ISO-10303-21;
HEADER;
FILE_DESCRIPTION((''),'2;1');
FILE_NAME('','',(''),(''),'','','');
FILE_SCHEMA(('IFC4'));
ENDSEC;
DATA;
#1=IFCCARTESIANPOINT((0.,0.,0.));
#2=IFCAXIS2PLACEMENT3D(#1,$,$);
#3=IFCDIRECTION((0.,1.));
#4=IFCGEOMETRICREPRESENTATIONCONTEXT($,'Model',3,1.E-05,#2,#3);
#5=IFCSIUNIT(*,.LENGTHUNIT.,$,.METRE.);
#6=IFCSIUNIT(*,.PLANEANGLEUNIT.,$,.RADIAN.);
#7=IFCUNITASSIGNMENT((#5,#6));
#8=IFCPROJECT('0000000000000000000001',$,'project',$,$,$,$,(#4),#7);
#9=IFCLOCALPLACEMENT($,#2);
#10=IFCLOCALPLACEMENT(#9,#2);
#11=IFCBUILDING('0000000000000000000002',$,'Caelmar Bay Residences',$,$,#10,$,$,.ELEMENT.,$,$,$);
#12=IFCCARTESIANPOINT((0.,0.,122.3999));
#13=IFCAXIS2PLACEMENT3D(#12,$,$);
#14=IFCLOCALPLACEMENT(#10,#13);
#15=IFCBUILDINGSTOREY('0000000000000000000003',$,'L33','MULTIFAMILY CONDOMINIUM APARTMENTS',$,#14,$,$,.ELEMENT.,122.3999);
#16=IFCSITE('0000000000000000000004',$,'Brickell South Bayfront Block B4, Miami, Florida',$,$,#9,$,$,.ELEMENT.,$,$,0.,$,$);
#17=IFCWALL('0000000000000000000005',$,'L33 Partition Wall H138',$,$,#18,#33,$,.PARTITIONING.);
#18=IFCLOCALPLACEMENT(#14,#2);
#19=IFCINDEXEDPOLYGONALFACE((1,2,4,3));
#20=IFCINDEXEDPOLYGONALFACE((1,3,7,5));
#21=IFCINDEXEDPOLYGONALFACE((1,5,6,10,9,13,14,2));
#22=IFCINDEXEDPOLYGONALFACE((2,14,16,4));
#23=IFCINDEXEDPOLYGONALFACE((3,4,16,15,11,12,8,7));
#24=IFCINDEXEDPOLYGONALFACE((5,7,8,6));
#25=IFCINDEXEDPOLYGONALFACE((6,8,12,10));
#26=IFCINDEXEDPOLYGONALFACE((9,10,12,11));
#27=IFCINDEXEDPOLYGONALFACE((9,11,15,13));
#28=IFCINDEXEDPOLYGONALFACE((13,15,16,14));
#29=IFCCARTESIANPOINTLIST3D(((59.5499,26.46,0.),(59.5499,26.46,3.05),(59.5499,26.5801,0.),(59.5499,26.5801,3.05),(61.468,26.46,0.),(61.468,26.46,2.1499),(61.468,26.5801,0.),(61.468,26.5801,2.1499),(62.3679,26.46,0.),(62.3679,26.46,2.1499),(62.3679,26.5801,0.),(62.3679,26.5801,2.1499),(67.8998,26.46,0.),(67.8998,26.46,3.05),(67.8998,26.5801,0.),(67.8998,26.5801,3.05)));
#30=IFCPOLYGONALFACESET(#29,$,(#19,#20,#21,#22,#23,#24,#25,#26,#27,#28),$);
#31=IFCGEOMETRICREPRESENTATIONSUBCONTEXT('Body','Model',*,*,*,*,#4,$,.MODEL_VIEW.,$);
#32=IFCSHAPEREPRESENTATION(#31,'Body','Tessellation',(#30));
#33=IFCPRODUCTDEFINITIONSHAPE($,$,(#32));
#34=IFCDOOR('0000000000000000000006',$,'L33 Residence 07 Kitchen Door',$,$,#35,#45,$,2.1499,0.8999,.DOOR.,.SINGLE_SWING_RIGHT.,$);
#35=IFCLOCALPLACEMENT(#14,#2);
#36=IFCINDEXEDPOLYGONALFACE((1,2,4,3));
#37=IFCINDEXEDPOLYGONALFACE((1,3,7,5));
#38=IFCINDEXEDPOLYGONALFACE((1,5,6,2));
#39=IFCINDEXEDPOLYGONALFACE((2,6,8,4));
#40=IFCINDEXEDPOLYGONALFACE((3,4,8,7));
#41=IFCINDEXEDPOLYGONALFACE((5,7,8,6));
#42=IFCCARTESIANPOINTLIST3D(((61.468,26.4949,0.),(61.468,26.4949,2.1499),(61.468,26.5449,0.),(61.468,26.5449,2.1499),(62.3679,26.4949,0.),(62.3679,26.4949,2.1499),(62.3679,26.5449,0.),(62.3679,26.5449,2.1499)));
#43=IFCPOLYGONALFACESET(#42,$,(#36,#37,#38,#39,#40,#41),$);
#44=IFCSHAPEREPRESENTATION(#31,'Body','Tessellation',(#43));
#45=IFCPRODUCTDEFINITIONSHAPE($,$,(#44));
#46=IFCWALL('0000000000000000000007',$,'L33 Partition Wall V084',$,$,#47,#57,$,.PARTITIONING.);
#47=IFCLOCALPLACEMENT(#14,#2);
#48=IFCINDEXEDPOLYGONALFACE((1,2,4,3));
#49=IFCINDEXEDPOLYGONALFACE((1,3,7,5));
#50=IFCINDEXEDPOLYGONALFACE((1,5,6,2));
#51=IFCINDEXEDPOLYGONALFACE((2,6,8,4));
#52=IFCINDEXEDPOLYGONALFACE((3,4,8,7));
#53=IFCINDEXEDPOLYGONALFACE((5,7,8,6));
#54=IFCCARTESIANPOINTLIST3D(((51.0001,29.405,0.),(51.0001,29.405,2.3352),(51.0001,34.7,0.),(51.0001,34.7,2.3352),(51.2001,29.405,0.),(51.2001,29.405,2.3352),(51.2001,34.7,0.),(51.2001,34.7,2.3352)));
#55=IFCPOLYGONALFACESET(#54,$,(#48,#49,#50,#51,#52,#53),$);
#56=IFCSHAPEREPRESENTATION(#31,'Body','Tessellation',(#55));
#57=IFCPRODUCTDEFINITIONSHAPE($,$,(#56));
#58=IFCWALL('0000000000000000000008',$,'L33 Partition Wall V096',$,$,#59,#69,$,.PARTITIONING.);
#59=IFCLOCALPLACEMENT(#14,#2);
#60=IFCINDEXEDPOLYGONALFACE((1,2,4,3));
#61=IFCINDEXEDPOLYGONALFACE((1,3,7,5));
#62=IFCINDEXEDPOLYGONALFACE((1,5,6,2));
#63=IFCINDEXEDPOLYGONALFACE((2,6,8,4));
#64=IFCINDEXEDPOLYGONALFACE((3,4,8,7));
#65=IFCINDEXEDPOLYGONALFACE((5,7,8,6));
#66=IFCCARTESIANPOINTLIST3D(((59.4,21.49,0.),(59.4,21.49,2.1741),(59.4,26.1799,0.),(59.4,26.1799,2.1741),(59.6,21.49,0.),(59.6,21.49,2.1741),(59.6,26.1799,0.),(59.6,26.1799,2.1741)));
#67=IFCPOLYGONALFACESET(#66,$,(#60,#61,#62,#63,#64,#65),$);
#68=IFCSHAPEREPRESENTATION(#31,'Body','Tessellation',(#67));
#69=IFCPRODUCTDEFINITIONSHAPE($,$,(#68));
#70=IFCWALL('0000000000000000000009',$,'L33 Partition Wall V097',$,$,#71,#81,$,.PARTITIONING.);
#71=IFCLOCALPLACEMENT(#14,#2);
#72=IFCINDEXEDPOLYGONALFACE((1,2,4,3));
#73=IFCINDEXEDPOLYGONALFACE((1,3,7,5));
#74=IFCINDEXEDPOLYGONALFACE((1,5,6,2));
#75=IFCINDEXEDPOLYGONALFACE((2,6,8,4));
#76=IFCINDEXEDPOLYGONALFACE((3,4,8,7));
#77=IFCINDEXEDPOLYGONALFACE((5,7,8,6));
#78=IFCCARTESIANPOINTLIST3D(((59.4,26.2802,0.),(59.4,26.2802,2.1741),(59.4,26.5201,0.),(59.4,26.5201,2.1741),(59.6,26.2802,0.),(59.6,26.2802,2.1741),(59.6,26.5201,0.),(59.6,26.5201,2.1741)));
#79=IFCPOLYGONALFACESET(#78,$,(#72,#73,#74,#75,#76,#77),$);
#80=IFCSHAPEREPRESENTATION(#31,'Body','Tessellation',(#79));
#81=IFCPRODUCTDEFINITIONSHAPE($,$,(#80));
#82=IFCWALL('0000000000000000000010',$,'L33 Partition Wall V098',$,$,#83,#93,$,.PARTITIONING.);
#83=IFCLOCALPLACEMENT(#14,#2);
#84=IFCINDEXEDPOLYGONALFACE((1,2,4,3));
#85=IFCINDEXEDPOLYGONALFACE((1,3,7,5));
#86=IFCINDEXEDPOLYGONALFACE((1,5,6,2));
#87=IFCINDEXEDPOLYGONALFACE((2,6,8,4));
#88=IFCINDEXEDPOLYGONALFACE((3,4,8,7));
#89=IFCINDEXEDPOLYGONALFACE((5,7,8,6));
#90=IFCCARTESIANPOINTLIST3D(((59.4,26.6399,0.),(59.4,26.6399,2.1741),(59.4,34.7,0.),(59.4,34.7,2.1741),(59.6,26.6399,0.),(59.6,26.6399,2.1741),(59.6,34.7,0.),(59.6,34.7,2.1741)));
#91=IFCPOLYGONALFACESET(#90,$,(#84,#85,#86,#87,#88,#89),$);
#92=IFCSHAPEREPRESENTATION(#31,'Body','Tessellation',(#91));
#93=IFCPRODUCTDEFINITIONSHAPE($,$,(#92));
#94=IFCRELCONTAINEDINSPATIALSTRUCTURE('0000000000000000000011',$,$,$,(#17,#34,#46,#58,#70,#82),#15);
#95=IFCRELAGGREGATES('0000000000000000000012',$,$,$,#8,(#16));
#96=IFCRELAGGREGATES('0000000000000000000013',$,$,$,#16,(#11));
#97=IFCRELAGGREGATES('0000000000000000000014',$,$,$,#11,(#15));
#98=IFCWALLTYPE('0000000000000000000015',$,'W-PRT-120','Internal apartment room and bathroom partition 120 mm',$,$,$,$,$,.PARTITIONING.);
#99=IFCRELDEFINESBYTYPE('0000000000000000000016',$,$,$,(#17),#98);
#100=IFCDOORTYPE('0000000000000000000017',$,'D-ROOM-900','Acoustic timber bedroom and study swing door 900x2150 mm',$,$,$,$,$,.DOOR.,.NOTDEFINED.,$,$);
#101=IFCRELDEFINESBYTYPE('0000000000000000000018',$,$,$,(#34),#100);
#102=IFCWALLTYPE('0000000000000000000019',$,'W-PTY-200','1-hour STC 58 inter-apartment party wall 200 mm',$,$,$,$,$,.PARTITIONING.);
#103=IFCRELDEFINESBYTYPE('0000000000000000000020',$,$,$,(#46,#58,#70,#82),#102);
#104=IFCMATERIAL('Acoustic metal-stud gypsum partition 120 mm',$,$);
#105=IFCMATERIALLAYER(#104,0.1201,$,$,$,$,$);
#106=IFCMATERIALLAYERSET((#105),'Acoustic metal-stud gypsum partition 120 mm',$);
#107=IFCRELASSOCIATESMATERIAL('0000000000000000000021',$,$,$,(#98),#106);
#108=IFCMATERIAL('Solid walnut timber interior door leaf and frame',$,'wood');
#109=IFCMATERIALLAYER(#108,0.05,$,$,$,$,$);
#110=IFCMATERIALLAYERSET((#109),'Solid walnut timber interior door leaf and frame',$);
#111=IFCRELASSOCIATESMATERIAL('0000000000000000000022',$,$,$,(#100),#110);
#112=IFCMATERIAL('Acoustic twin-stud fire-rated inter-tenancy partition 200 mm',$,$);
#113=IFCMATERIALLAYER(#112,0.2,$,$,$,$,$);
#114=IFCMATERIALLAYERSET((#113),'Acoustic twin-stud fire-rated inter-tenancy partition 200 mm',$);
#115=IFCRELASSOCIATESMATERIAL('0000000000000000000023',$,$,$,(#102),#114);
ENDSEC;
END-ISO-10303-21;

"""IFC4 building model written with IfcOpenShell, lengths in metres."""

from ifc_helpers import new_model, si_unit, direction, frame, frame_2d, origin, place, context, subcontext, project, spatial, rectangle, extrude, material, layer, layer_set, type_object, element, fill, save


model = new_model("IFC4")

# Units and contexts
model_context = context("Model", 3, precision=1e-05, world=origin(), true_north=direction((0.0, 1.0)))
body_context = subcontext(model_context, "Body", "Model", "MODEL_VIEW")
ifc_project = project(units=[si_unit("LENGTHUNIT", "METRE"), si_unit("PLANEANGLEUNIT", "RADIAN")], contexts=[model_context])

# Site, building, storey
site_placement = place(None, origin())
site = spatial("IfcSite", under=ifc_project, at=site_placement, Name="Brickell South Bayfront Block B4, Miami, Florida", CompositionType="ELEMENT", RefElevation=0.0)
building_placement = place(site_placement, origin())
building = spatial("IfcBuilding", under=site, at=building_placement, Name="Caelmar Bay Residences", CompositionType="ELEMENT")
storey_placement = place(building_placement, frame((0.0, 0.0, 122.3999)))
storey = spatial("IfcBuildingStorey", under=building, at=storey_placement, Name="L33", Description="MULTIFAMILY CONDOMINIUM APARTMENTS", CompositionType="ELEMENT", Elevation=122.3999)

# Shared definitions
ifc_material_1 = material(Name="Acoustic metal-stud gypsum partition 120 mm")
ifc_layer_1 = layer(ifc_material_1, 0.1201)
ifc_layer_set_1 = layer_set([ifc_layer_1], Name="Acoustic metal-stud gypsum partition 120 mm")
wall_type_1 = type_object("IfcWallType", Name="W-PRT-120", Description="Internal apartment room and bathroom partition 120 mm", PredefinedType="PARTITIONING", material=ifc_layer_set_1)
ifc_material_2 = material(Name="Solid walnut timber interior door leaf and frame", Category="wood")
ifc_layer_2 = layer(ifc_material_2, 0.05)
ifc_layer_set_2 = layer_set([ifc_layer_2], Name="Solid walnut timber interior door leaf and frame")
door_type_1 = type_object("IfcDoorType", Name="D-ROOM-900", Description="Acoustic timber bedroom and study swing door 900x2150 mm", OperationType="NOTDEFINED", PredefinedType="DOOR", material=ifc_layer_set_2)

# Wall, opening, door
wall_1_placement = place(storey_placement, frame((59.55, 26.52, 0.0), z_axis=(0.0, 0.0, 1.0), x_axis=(1.0, 0.0, 0.0)))
wall_1 = element("IfcWall", 1, at=wall_1_placement, inside=storey, type_object=wall_type_1, Name="L33 Partition Wall H138", PredefinedType="PARTITIONING", context=body_context, shape_type="SweptSolid", body=[
    extrude(rectangle(XDim=8.3499, YDim=0.1201, at=frame_2d((4.1748, 0.0))), origin(), (0.0, 0.0, 1.0), 3.05),
])
opening_1_placement = place(wall_1_placement, frame((1.918, 0.0, 0.0)))
opening_1 = element("IfcOpeningElement", 2, at=opening_1_placement, cuts=wall_1, PredefinedType="OPENING", context=body_context, shape_type="SweptSolid", body=[
    extrude(rectangle(XDim=0.8999, YDim=2.1499, at=frame_2d((0.45, 1.075))), frame((0.0, 0.0701, 0.0), z_axis=(0.0, -1.0, 0.0), x_axis=(1.0, 0.0, 0.0)), (0.0, 0.0, 1.0), 0.1401),
])
door_1_placement = place(opening_1_placement, origin())
door_1 = element("IfcDoor", 3, at=door_1_placement, inside=storey, type_object=door_type_1, Name="L33 Residence 07 Kitchen Door", OperationType="SINGLE_SWING_RIGHT", OverallHeight=2.1499, OverallWidth=0.8999, PredefinedType="DOOR", context=body_context, shape_type="SweptSolid", body=[
    extrude(rectangle(XDim=0.8999, YDim=2.1499, at=frame_2d((0.45, 1.075))), frame((0.0, 0.0249, 0.0), z_axis=(0.0, -1.0, 0.0), x_axis=(1.0, 0.0, 0.0)), (0.0, 0.0, 1.0), 0.05),
])
fill(opening_1, door_1)

# Walls
ifc_material_3 = material(Name="Acoustic twin-stud fire-rated inter-tenancy partition 200 mm")
ifc_layer_3 = layer(ifc_material_3, 0.2)
ifc_layer_set_3 = layer_set([ifc_layer_3], Name="Acoustic twin-stud fire-rated inter-tenancy partition 200 mm")
wall_type_2 = type_object("IfcWallType", Name="W-PTY-200", Description="1-hour STC 58 inter-apartment party wall 200 mm", PredefinedType="PARTITIONING", material=ifc_layer_set_3)
wall_2_placement = place(storey_placement, frame((51.1001, 29.405, 0.0), z_axis=(0.0, 0.0, 1.0), x_axis=(0.0, 1.0, 0.0)))
element("IfcWall", 4, at=wall_2_placement, inside=storey, type_object=wall_type_2, Name="L33 Partition Wall V084", PredefinedType="PARTITIONING", context=body_context, shape_type="SweptSolid", body=[
    extrude(rectangle(XDim=5.2949, YDim=0.2, at=frame_2d((2.6475, 0.0))), origin(), (0.0, 0.0, 1.0), 2.3352),
])
wall_3_placement = place(storey_placement, frame((59.5, 21.49, 0.0), z_axis=(0.0, 0.0, 1.0), x_axis=(0.0, 1.0, 0.0)))
element("IfcWall", 5, at=wall_3_placement, inside=storey, type_object=wall_type_2, Name="L33 Partition Wall V096", PredefinedType="PARTITIONING", context=body_context, shape_type="SweptSolid", body=[
    extrude(rectangle(XDim=4.6899, YDim=0.2, at=frame_2d((2.345, 0.0))), origin(), (0.0, 0.0, 1.0), 2.1741),
])
wall_4_placement = place(storey_placement, frame((59.5, 26.28, 0.0), z_axis=(0.0, 0.0, 1.0), x_axis=(0.0, 1.0, 0.0)))
element("IfcWall", 6, at=wall_4_placement, inside=storey, type_object=wall_type_2, Name="L33 Partition Wall V097", PredefinedType="PARTITIONING", context=body_context, shape_type="SweptSolid", body=[
    extrude(rectangle(XDim=0.24, YDim=0.2, at=frame_2d((0.1201, 0.0))), origin(), (0.0, 0.0, 1.0), 2.1741),
])
wall_5_placement = place(storey_placement, frame((59.5, 26.6399, 0.0), z_axis=(0.0, 0.0, 1.0), x_axis=(0.0, 1.0, 0.0)))
element("IfcWall", 7, at=wall_5_placement, inside=storey, type_object=wall_type_2, Name="L33 Partition Wall V098", PredefinedType="PARTITIONING", context=body_context, shape_type="SweptSolid", body=[
    extrude(rectangle(XDim=8.0601, YDim=0.2, at=frame_2d((4.03, 0.0))), origin(), (0.0, 0.0, 1.0), 2.1741),
])

save(model, "model.ifc")
